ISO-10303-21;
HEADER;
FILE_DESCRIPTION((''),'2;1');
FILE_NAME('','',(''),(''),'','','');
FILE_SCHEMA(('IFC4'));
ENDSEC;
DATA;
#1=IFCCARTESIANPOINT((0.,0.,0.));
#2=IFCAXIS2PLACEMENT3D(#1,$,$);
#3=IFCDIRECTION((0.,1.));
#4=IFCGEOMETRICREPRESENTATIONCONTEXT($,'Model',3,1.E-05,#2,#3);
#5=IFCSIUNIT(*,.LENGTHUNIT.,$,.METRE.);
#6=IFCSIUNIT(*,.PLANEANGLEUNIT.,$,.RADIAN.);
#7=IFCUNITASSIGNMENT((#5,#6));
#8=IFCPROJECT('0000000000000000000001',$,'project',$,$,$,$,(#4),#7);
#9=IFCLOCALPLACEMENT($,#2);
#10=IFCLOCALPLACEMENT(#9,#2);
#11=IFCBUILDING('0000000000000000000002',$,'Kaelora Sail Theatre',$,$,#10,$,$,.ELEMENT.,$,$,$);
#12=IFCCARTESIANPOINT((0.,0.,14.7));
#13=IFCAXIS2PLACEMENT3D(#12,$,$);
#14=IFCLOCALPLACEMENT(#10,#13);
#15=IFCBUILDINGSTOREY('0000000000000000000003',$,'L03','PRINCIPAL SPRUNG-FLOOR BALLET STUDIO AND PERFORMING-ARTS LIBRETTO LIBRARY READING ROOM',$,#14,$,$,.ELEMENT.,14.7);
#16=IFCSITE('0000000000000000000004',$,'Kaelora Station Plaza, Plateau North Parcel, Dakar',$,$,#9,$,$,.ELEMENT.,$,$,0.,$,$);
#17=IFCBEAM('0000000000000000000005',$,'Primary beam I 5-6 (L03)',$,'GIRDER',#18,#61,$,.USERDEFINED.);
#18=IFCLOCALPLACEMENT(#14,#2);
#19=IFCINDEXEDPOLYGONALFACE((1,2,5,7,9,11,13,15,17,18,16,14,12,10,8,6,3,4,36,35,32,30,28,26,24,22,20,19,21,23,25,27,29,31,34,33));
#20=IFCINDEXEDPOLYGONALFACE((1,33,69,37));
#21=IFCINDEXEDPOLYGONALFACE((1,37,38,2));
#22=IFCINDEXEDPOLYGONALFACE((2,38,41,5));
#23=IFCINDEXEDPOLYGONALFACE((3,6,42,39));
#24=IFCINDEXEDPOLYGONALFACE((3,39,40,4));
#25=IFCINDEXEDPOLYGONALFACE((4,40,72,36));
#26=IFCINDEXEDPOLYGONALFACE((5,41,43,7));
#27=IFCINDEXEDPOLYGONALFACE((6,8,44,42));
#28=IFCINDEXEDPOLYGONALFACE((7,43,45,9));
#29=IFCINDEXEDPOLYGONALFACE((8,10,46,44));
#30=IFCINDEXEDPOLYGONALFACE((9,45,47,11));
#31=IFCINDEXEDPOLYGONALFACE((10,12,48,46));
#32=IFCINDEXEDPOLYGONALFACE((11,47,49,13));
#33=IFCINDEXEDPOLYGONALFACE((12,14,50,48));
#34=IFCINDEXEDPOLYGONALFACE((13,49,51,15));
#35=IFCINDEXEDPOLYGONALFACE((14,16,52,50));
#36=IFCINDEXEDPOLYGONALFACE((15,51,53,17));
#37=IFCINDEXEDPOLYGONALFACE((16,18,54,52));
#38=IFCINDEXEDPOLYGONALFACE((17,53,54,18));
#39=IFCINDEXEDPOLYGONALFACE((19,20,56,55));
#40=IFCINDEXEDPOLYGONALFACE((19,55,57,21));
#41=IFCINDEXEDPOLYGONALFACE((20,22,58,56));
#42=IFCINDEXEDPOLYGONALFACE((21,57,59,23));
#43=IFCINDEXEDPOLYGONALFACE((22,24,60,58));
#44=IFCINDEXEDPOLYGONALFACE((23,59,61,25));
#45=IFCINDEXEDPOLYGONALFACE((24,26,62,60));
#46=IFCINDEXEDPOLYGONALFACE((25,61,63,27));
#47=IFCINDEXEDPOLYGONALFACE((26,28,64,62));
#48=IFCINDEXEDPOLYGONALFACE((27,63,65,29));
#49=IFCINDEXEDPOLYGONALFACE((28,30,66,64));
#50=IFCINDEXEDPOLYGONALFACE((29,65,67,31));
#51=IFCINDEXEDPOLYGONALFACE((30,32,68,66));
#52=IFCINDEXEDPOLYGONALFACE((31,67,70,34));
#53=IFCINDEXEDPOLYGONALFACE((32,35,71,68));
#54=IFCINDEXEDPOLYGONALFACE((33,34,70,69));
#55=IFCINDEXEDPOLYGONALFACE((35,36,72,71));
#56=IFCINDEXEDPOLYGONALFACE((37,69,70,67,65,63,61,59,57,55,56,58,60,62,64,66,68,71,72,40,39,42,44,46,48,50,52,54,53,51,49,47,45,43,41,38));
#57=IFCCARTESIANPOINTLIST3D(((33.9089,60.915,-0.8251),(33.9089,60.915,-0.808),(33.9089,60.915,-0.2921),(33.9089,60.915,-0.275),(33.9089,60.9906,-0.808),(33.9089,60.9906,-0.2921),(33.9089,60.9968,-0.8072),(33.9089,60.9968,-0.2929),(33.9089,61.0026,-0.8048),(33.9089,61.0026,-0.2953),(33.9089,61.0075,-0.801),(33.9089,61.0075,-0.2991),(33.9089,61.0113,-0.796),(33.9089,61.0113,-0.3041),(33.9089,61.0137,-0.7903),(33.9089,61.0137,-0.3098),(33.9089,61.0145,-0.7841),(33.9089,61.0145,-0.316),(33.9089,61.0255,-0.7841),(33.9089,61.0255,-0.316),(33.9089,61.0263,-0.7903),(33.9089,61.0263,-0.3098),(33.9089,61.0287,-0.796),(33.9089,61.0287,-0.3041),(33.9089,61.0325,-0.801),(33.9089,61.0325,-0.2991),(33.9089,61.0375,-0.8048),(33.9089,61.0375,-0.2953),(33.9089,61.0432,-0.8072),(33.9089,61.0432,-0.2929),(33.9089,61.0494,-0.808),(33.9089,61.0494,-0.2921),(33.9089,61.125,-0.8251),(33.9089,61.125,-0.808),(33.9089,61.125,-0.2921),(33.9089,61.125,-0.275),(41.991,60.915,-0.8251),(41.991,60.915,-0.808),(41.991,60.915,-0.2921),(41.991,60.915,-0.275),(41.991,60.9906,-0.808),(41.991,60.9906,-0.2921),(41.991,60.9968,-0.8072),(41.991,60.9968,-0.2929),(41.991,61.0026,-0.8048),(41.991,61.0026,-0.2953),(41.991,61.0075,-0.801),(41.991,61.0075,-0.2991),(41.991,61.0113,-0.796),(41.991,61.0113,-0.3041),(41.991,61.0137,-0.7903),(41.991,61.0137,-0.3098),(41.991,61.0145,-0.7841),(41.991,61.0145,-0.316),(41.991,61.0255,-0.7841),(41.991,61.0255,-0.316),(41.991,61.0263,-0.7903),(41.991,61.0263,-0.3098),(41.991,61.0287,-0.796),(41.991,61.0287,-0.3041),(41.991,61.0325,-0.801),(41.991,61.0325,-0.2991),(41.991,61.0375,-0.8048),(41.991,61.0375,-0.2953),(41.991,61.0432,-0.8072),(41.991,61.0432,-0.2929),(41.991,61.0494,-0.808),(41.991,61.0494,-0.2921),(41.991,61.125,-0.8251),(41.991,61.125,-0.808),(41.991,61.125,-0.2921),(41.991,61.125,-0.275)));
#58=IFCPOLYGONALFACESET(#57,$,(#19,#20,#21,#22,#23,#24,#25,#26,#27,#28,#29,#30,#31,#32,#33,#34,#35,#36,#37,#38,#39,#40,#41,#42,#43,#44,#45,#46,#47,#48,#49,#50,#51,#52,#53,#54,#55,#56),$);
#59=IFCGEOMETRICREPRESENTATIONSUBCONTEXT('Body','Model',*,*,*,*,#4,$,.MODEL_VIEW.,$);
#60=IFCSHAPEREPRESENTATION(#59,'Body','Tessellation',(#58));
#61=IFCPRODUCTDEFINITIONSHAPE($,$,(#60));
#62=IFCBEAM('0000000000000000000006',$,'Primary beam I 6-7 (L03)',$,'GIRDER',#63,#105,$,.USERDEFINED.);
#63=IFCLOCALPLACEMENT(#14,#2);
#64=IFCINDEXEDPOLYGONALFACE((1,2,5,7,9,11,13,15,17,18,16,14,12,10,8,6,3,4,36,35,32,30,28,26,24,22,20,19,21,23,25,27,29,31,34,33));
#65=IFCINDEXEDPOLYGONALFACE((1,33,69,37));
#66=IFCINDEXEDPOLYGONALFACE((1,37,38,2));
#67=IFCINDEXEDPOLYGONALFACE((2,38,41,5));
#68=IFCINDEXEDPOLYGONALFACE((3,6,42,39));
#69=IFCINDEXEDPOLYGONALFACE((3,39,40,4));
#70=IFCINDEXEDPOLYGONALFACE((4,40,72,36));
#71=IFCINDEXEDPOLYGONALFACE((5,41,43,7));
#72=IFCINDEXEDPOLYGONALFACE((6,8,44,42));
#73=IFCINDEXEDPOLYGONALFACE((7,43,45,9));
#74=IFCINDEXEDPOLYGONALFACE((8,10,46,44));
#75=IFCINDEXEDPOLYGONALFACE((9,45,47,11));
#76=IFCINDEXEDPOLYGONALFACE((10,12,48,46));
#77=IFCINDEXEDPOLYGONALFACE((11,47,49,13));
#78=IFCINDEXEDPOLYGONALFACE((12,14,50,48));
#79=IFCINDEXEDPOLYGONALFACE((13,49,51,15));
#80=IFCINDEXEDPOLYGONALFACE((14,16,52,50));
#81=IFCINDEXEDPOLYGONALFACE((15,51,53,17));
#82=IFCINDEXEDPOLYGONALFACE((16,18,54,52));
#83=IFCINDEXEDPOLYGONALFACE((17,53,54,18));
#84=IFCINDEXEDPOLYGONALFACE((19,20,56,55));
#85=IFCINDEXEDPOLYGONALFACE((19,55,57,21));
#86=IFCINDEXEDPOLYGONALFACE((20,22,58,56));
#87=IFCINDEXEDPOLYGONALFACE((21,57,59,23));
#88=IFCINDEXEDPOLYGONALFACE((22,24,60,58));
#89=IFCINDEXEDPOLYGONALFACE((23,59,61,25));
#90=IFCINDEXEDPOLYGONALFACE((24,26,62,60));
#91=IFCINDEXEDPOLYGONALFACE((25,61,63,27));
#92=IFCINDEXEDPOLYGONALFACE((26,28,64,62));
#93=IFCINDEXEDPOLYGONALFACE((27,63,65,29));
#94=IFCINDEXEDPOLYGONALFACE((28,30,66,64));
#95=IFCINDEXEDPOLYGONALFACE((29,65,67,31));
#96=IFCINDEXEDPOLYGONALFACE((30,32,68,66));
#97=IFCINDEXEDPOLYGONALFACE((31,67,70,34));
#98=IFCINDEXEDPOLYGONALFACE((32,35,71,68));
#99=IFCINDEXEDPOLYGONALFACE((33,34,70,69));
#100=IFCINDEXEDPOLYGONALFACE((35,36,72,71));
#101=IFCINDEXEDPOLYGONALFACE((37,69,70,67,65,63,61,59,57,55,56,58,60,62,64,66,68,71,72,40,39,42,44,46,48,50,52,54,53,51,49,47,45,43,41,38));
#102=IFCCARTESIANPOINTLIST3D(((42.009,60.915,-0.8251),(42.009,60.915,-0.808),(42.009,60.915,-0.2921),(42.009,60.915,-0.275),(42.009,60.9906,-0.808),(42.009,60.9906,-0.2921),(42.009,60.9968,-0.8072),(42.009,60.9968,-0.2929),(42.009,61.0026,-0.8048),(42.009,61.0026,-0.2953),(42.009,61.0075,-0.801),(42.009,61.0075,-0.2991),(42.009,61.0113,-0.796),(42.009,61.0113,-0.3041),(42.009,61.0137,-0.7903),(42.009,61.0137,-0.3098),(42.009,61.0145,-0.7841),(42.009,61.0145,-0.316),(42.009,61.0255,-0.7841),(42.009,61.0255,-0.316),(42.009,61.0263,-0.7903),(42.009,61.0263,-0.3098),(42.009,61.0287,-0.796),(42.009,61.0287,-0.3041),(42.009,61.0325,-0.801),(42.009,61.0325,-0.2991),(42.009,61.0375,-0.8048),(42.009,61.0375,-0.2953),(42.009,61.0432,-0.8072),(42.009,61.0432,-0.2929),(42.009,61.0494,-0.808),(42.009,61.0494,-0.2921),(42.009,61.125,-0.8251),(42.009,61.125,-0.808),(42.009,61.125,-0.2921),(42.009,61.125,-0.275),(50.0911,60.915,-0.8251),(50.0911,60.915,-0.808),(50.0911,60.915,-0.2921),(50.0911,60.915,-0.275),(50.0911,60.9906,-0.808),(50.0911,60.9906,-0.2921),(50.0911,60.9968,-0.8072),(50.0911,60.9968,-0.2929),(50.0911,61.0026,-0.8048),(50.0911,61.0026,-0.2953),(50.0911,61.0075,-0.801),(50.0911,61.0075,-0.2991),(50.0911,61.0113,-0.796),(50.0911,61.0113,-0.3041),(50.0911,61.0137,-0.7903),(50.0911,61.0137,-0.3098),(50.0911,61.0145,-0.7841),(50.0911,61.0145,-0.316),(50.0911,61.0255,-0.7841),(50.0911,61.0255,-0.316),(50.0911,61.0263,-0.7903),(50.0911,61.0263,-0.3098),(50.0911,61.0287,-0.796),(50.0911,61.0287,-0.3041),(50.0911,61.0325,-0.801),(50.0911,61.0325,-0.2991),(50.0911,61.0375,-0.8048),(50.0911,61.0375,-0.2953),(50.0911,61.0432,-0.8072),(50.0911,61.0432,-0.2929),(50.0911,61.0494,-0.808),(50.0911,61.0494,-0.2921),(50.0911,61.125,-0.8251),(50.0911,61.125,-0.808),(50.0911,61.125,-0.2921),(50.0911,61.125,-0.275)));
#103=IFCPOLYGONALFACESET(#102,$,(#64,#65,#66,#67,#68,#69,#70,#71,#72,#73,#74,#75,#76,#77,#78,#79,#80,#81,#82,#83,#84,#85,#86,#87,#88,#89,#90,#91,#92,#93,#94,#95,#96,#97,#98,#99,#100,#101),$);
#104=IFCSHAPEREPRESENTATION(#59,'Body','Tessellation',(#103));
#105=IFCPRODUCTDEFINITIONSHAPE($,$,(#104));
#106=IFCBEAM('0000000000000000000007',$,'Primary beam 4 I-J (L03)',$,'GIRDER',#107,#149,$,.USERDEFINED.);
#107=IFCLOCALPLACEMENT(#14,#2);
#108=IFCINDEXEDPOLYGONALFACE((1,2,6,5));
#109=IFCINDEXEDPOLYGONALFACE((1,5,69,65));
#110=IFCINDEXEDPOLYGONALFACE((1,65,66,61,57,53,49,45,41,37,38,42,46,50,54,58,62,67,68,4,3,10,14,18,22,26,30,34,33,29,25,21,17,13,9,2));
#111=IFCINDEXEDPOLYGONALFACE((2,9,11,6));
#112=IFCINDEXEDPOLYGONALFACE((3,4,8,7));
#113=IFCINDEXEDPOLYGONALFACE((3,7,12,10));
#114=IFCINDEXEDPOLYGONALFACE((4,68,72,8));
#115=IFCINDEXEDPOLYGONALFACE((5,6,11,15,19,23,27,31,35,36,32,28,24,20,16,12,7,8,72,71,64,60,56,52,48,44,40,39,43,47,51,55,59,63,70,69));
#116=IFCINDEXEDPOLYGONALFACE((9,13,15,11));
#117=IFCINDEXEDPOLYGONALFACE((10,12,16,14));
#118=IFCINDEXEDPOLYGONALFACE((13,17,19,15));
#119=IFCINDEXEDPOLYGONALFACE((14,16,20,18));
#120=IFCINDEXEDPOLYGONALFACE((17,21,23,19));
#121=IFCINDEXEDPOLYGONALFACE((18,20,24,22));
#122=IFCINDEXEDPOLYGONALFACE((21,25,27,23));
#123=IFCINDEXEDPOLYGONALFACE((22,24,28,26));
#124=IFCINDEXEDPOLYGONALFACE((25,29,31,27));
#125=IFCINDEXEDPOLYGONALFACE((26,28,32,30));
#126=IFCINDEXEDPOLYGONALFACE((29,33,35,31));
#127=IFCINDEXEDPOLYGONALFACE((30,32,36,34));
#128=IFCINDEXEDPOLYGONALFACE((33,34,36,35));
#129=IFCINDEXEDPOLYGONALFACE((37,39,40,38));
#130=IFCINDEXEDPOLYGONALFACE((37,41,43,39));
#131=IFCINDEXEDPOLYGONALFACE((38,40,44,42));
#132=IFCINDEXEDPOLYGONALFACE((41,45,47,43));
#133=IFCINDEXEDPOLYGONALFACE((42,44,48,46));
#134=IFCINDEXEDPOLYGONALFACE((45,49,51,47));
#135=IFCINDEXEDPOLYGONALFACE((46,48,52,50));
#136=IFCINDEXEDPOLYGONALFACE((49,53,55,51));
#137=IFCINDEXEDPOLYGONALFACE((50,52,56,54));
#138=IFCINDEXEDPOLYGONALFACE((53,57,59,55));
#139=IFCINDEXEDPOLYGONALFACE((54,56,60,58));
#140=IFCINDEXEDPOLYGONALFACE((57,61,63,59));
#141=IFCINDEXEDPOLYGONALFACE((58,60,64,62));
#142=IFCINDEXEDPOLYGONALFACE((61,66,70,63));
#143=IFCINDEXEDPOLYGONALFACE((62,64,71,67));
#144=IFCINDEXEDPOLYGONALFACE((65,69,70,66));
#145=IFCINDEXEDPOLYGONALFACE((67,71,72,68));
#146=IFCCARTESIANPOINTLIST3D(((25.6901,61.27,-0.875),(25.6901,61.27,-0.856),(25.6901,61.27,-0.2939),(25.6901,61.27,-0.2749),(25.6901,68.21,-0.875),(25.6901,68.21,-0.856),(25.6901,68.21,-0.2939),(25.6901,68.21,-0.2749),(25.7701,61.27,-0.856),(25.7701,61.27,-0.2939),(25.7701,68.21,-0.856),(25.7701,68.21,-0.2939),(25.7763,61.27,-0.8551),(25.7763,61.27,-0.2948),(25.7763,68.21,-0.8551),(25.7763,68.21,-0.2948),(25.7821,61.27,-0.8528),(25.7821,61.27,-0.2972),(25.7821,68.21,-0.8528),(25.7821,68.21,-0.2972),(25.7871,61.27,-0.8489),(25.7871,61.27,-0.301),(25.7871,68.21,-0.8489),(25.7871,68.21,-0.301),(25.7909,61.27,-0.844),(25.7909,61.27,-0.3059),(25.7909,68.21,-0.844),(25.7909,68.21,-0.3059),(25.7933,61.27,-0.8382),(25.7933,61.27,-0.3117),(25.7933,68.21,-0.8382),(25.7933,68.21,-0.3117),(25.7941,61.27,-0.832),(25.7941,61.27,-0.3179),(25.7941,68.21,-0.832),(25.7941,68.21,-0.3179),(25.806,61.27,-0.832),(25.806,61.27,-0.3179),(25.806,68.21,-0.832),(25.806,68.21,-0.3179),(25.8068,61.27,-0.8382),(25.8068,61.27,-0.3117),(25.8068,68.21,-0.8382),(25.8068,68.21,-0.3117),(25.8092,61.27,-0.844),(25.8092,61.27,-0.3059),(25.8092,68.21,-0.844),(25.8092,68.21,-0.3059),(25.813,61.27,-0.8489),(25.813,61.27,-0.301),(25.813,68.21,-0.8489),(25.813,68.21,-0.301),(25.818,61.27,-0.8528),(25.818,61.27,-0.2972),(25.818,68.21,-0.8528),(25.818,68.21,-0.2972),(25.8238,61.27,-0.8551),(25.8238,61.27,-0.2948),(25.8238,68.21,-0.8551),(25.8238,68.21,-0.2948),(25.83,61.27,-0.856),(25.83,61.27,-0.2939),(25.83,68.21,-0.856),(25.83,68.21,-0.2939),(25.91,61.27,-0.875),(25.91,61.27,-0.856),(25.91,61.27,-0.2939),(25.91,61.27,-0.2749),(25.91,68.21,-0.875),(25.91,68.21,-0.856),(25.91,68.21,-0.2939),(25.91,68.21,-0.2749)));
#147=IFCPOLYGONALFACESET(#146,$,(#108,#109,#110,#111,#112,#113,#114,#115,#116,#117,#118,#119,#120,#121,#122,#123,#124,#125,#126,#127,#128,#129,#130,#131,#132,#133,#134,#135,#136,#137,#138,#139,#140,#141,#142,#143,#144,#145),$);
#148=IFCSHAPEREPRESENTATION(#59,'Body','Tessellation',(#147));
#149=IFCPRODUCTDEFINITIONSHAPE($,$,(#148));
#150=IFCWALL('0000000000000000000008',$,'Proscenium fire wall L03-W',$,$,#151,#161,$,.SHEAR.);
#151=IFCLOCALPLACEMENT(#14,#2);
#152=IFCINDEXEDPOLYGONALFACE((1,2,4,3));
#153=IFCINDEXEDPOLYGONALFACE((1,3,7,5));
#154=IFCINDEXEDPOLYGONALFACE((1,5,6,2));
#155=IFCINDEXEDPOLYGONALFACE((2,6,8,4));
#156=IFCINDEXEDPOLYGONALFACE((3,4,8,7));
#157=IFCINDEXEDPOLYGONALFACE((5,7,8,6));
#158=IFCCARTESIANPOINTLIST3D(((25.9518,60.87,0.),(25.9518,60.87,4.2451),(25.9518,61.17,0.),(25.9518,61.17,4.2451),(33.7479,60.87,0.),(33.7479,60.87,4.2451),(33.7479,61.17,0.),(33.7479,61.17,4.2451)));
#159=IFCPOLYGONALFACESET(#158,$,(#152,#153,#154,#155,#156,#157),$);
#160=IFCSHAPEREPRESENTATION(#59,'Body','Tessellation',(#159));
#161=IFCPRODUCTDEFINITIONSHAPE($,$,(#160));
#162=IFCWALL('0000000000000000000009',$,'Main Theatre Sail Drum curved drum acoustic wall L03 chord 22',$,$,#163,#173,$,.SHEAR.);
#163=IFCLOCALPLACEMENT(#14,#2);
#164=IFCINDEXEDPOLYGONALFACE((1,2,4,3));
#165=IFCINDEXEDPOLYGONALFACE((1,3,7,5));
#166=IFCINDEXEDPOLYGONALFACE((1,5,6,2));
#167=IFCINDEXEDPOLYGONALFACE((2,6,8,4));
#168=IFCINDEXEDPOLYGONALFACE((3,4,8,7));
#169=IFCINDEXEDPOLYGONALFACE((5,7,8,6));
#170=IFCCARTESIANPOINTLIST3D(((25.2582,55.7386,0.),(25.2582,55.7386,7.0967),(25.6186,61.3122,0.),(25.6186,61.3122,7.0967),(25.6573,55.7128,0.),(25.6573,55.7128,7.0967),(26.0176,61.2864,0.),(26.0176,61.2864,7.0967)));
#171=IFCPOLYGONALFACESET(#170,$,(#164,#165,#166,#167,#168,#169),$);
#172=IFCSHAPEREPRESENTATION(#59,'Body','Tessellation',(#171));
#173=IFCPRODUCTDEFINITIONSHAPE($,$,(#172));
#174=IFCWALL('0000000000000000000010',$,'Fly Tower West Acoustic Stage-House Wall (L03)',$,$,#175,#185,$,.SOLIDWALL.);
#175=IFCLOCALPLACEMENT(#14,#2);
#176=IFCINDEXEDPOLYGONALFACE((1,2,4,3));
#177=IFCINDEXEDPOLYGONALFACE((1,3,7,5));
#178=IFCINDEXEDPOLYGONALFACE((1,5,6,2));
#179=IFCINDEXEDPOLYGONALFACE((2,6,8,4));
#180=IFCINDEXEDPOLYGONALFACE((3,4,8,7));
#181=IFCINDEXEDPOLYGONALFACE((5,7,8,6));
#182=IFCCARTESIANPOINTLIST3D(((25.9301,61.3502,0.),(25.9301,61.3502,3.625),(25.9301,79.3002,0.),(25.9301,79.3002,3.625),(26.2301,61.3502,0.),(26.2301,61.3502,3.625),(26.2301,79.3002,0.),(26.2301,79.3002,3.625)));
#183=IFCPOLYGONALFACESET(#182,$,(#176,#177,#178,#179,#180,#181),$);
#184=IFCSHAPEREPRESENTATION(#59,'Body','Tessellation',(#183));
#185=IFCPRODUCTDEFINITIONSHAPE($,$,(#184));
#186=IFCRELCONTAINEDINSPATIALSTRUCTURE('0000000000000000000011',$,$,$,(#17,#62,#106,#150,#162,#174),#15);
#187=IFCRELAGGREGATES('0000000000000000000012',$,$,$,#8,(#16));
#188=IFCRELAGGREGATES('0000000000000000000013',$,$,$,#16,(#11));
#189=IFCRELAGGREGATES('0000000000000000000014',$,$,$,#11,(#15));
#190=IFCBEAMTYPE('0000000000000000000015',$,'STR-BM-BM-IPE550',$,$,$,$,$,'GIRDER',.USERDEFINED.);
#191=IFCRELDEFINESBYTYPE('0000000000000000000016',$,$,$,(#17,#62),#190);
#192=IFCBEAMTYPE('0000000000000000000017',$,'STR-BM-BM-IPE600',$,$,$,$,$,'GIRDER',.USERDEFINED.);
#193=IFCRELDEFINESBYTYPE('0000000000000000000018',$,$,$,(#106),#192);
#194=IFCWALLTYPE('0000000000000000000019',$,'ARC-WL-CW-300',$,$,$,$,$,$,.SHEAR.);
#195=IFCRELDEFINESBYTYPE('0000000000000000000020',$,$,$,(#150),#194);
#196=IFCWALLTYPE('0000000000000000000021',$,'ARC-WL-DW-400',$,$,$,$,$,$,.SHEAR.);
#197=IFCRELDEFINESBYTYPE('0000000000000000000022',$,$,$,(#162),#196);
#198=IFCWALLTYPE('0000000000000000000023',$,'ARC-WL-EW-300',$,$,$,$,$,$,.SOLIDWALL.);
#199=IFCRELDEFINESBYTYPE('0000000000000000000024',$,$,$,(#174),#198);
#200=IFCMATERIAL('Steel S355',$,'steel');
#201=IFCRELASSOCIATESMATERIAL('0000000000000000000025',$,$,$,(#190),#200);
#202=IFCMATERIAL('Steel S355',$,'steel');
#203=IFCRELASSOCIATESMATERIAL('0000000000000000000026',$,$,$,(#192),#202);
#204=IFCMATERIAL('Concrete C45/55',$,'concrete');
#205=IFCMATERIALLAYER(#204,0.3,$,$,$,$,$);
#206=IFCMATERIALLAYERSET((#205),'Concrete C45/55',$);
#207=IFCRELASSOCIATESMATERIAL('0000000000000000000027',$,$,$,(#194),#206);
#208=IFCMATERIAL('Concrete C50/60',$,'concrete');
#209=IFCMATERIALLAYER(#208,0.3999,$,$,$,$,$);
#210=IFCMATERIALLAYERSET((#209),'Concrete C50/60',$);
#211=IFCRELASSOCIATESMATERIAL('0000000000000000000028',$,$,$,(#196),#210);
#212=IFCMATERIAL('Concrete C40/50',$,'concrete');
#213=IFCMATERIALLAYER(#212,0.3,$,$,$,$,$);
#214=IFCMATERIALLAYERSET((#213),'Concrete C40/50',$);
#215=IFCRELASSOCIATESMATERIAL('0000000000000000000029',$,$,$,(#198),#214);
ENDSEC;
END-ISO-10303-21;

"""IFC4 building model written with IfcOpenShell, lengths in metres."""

from ifc_helpers import new_model, si_unit, direction, frame, frame_2d, origin, origin_2d, place, context, subcontext, project, spatial, rectangle, i_section, extrude, material, layer, layer_set, material_profile, profile_set, type_object, element, save


model = new_model("IFC4")

# Units and contexts
model_context = context("Model", 3, precision=1e-05, world=origin(), true_north=direction((0.0, 1.0)))
body_context = subcontext(model_context, "Body", "Model", "MODEL_VIEW")
ifc_project = project(units=[si_unit("LENGTHUNIT", "METRE"), si_unit("PLANEANGLEUNIT", "RADIAN")], contexts=[model_context])

# Site, building, storey
site_placement = place(None, origin())
site = spatial("IfcSite", under=ifc_project, at=site_placement, Name="Kaelora Station Plaza, Plateau North Parcel, Dakar", CompositionType="ELEMENT", RefElevation=0.0)
building_placement = place(site_placement, origin())
building = spatial("IfcBuilding", under=site, at=building_placement, Name="Kaelora Sail Theatre", CompositionType="ELEMENT")
storey_placement = place(building_placement, frame((0.0, 0.0, 14.7)))
storey = spatial("IfcBuildingStorey", under=building, at=storey_placement, Name="L03", Description="PRINCIPAL SPRUNG-FLOOR BALLET STUDIO AND PERFORMING-ARTS LIBRETTO LIBRARY READING ROOM", CompositionType="ELEMENT", Elevation=14.7)

# Beams
ifc_material_1 = material(Name="Steel S355", Category="steel")
ifc_material_profile_1 = material_profile(ifc_material_1, i_section(OverallWidth=0.21, OverallDepth=0.55, WebThickness=0.011, FlangeThickness=0.0171, FilletRadius=0.0239, at=origin_2d()), Name="IPE 550")
ifc_profile_set_1 = profile_set([ifc_material_profile_1], Name="Steel S355")
beam_type_1 = type_object("IfcBeamType", Name="STR-BM-BM-IPE550", ElementType="GIRDER", PredefinedType="USERDEFINED", material=ifc_profile_set_1)
for number, where, z_axis, x_axis, name in (
    (1, (33.9089, 61.02, -0.55), (1.0, 0.0, 0.0), (0.0, 1.0, 0.0), "Primary beam I 5-6 (L03)"),
    (2, (42.009, 61.02, -0.55), (1.0, 0.0, 0.0), (0.0, 1.0, 0.0), "Primary beam I 6-7 (L03)"),
):
    element("IfcBeam", number, at=place(storey_placement, frame(where, z_axis=z_axis, x_axis=x_axis)), inside=storey, type_object=beam_type_1, Name=name, ObjectType="GIRDER", PredefinedType="USERDEFINED", context=body_context, shape_type="SweptSolid", body=[
        extrude(i_section(OverallWidth=0.21, OverallDepth=0.55, WebThickness=0.011, FlangeThickness=0.0171, FilletRadius=0.0239, at=origin_2d()), origin(), (0.0, 0.0, 1.0), 8.082),
    ])
ifc_material_2 = material(Name="Steel S355", Category="steel")
ifc_material_profile_2 = material_profile(ifc_material_2, i_section(OverallWidth=0.22, OverallDepth=0.6001, WebThickness=0.012, FlangeThickness=0.019, FilletRadius=0.0239, at=origin_2d()), Name="IPE 600")
ifc_profile_set_2 = profile_set([ifc_material_profile_2], Name="Steel S355")
beam_type_2 = type_object("IfcBeamType", Name="STR-BM-BM-IPE600", ElementType="GIRDER", PredefinedType="USERDEFINED", material=ifc_profile_set_2)
beam_placement = place(storey_placement, frame((25.8, 61.27, -0.575), z_axis=(0.0, 1.0, 0.0), x_axis=(-1.0, 0.0, 0.0)))
element("IfcBeam", 3, at=beam_placement, inside=storey, type_object=beam_type_2, Name="Primary beam 4 I-J (L03)", ObjectType="GIRDER", PredefinedType="USERDEFINED", context=body_context, shape_type="SweptSolid", body=[
    extrude(i_section(OverallWidth=0.22, OverallDepth=0.6001, WebThickness=0.012, FlangeThickness=0.019, FilletRadius=0.0239, at=origin_2d()), origin(), (0.0, 0.0, 1.0), 6.9399),
])

# Walls
ifc_material_3 = material(Name="Concrete C45/55", Category="concrete")
ifc_layer_1 = layer(ifc_material_3, 0.3)
ifc_layer_set_1 = layer_set([ifc_layer_1], Name="Concrete C45/55")
wall_type_1 = type_object("IfcWallType", Name="ARC-WL-CW-300", PredefinedType="SHEAR", material=ifc_layer_set_1)
wall_1_placement = place(storey_placement, frame((25.9519, 61.02, 0.0), z_axis=(0.0, 0.0, 1.0), x_axis=(1.0, 0.0, 0.0)))
element("IfcWall", 4, at=wall_1_placement, inside=storey, type_object=wall_type_1, Name="Proscenium fire wall L03-W", PredefinedType="SHEAR", context=body_context, shape_type="SweptSolid", body=[
    extrude(rectangle(XDim=7.7961, YDim=0.3, at=frame_2d((3.8979, 0.0))), origin(), (0.0, 0.0, 1.0), 4.2451),
])
ifc_material_4 = material(Name="Concrete C50/60", Category="concrete")
ifc_layer_2 = layer(ifc_material_4, 0.3999)
ifc_layer_set_2 = layer_set([ifc_layer_2], Name="Concrete C50/60")
wall_type_2 = type_object("IfcWallType", Name="ARC-WL-DW-400", PredefinedType="SHEAR", material=ifc_layer_set_2)
wall_2_placement = place(storey_placement, frame((25.4578, 55.7258, 0.0), z_axis=(0.0, 0.0, 1.0), x_axis=(0.06452, 0.997916, 0.0)))
element("IfcWall", 5, at=wall_2_placement, inside=storey, type_object=wall_type_2, Name="Main Theatre Sail Drum curved drum acoustic wall L03 chord 22", PredefinedType="SHEAR", context=body_context, shape_type="SweptSolid", body=[
    extrude(rectangle(XDim=5.5852, YDim=0.3999, at=frame_2d((2.7925, 0.0))), origin(), (0.0, 0.0, 1.0), 7.0967),
])
ifc_material_5 = material(Name="Concrete C40/50", Category="concrete")
ifc_layer_3 = layer(ifc_material_5, 0.3)
ifc_layer_set_3 = layer_set([ifc_layer_3], Name="Concrete C40/50")
wall_type_3 = type_object("IfcWallType", Name="ARC-WL-EW-300", PredefinedType="SOLIDWALL", material=ifc_layer_set_3)
wall_3_placement = place(storey_placement, frame((26.0801, 61.3501, 0.0), z_axis=(0.0, 0.0, 1.0), x_axis=(0.0, 1.0, 0.0)))
element("IfcWall", 6, at=wall_3_placement, inside=storey, type_object=wall_type_3, Name="Fly Tower West Acoustic Stage-House Wall (L03)", PredefinedType="SOLIDWALL", context=body_context, shape_type="SweptSolid", body=[
    extrude(rectangle(XDim=17.95, YDim=0.3, at=frame_2d((8.9751, 0.0))), origin(), (0.0, 0.0, 1.0), 3.625),
])

save(model, "model.ifc")
